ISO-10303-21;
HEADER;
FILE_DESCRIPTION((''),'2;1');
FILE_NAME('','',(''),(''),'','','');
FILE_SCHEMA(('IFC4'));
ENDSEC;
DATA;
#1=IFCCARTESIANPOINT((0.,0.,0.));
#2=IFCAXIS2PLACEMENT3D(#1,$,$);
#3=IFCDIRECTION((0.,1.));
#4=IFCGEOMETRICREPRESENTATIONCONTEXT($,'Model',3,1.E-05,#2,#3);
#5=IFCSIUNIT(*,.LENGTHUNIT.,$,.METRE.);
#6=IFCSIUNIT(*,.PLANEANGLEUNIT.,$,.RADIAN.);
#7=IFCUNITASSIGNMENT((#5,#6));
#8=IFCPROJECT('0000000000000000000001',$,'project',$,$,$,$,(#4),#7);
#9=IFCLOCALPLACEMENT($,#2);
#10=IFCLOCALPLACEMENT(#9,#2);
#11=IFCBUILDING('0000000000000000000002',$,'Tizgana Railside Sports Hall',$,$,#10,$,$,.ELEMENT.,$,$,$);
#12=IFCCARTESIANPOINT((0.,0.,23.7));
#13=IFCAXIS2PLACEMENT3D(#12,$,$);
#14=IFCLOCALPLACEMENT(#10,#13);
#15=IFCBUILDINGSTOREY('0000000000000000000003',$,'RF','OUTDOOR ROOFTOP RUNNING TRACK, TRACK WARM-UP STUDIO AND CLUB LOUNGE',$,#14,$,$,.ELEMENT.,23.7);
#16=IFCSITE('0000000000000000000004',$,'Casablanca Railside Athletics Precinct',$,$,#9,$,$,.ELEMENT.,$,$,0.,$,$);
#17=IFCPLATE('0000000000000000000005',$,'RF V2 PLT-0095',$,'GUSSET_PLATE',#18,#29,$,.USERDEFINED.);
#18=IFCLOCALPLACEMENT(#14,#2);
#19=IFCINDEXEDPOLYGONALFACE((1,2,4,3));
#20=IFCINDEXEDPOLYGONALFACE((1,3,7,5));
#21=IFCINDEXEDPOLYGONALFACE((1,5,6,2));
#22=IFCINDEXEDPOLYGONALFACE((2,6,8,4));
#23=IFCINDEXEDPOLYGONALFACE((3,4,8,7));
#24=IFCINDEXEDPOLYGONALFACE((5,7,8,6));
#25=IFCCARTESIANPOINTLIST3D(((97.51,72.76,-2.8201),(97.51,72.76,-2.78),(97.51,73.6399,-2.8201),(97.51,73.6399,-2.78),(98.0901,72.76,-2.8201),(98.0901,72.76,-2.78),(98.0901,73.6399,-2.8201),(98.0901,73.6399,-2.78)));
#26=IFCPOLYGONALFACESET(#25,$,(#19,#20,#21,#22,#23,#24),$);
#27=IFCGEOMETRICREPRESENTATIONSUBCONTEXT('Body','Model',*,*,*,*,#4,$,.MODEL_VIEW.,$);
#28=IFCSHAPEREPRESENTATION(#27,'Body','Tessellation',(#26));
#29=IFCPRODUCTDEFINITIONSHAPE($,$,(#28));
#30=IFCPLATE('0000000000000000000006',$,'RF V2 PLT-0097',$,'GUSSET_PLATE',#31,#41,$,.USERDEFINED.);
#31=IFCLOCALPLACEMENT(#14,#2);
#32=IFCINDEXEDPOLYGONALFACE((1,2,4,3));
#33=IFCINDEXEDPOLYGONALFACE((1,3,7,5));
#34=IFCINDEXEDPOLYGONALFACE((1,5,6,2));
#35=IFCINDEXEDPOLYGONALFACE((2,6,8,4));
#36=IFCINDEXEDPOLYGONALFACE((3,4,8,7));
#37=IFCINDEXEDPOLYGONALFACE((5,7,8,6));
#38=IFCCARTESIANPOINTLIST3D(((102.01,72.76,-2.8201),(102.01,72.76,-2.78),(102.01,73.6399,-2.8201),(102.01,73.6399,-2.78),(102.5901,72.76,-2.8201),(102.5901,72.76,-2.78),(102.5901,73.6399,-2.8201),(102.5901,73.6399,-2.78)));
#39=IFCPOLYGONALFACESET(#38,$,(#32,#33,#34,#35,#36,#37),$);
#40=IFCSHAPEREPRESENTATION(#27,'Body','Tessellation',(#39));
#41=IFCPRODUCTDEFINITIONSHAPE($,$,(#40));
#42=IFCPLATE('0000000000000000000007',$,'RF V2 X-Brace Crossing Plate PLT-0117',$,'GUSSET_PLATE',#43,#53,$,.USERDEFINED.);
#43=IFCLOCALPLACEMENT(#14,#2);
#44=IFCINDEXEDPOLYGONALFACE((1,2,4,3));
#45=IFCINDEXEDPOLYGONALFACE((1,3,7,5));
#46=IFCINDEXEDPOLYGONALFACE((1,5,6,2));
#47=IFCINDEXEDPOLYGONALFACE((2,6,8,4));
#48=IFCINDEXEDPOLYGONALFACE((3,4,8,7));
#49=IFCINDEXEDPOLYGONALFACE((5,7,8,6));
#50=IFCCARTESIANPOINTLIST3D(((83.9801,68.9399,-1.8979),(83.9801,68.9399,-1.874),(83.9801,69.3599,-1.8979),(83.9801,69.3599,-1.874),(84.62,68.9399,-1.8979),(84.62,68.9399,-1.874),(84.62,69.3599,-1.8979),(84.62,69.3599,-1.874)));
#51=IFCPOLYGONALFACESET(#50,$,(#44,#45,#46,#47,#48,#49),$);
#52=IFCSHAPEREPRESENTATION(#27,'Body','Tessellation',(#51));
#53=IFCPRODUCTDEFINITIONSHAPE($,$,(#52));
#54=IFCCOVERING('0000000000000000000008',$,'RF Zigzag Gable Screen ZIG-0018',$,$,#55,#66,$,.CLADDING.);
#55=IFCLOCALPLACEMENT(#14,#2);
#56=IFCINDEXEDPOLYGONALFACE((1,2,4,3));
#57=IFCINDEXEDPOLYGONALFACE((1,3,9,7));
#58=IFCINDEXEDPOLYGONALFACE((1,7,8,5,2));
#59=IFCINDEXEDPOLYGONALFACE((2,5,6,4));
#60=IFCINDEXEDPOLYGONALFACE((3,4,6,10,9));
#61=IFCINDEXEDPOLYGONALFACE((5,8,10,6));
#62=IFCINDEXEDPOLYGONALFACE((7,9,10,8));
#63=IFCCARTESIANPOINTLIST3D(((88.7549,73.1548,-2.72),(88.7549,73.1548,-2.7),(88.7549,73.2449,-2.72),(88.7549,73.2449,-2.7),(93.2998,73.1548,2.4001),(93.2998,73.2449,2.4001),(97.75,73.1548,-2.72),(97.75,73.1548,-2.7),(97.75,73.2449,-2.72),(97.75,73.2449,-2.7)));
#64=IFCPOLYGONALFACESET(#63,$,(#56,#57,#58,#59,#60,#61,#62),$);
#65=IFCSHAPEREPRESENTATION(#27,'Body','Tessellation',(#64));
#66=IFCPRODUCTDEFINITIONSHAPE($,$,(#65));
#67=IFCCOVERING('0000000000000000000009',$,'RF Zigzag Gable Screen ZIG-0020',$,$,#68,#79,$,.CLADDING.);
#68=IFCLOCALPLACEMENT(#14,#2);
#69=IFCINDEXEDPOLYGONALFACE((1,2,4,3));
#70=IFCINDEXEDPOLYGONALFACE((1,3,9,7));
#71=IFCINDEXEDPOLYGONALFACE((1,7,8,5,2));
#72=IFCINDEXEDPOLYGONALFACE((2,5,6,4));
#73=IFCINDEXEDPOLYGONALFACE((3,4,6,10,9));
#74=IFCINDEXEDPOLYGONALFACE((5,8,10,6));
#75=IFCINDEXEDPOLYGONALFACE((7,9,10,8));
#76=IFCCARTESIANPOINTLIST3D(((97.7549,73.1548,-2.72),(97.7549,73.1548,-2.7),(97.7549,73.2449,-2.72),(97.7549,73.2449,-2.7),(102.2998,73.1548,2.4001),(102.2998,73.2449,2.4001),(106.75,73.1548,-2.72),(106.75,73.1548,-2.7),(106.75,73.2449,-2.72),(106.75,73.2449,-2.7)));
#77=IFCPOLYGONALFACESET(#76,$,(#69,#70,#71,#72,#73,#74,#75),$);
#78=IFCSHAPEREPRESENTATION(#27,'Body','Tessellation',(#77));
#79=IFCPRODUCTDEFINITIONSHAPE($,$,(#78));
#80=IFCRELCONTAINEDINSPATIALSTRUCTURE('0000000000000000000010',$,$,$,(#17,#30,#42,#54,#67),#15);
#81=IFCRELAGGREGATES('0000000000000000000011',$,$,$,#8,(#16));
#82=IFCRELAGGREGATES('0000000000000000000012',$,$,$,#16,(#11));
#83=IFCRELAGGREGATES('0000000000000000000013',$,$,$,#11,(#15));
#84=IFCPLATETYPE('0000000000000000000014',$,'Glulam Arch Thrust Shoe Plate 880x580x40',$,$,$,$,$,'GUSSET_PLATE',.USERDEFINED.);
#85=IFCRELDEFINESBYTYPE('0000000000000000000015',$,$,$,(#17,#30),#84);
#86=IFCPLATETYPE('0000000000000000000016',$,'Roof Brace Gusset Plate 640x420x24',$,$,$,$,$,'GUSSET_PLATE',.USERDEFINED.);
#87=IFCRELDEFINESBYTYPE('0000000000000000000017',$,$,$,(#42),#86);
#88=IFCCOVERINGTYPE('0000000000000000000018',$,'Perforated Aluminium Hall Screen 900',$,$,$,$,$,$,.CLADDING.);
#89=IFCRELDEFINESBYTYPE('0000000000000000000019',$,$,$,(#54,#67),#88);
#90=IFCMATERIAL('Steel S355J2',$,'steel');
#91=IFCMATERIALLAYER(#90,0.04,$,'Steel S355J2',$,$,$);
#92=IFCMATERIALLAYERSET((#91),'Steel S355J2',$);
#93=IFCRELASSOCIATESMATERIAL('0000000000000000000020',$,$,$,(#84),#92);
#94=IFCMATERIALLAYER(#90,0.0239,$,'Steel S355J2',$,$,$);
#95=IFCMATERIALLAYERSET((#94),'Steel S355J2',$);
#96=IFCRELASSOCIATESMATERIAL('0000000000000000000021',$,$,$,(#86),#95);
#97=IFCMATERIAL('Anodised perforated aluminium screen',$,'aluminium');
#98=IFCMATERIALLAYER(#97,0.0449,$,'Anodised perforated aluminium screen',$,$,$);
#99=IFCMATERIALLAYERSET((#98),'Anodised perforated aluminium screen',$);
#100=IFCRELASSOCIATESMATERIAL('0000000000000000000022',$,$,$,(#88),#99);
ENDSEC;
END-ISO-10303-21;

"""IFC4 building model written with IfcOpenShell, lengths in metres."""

from ifc_helpers import new_model, si_unit, direction, frame, origin, origin_2d, place, context, subcontext, project, spatial, polyline, rectangle, outline, extrude, material, layer, layer_set, type_object, element, save


model = new_model("IFC4")

# Units and contexts
model_context = context("Model", 3, precision=1e-05, world=origin(), true_north=direction((0.0, 1.0)))
body_context = subcontext(model_context, "Body", "Model", "MODEL_VIEW")
ifc_project = project(units=[si_unit("LENGTHUNIT", "METRE"), si_unit("PLANEANGLEUNIT", "RADIAN")], contexts=[model_context])

# Site, building, storey
site_placement = place(None, origin())
site = spatial("IfcSite", under=ifc_project, at=site_placement, Name="Casablanca Railside Athletics Precinct", CompositionType="ELEMENT", RefElevation=0.0)
building_placement = place(site_placement, origin())
building = spatial("IfcBuilding", under=site, at=building_placement, Name="Tizgana Railside Sports Hall", CompositionType="ELEMENT")
storey_placement = place(building_placement, frame((0.0, 0.0, 23.7)))
storey = spatial("IfcBuildingStorey", under=building, at=storey_placement, Name="RF", Description="OUTDOOR ROOFTOP RUNNING TRACK, TRACK WARM-UP STUDIO AND CLUB LOUNGE", CompositionType="ELEMENT", Elevation=23.7)

# Shared definitions
ifc_material_1 = material(Name="Steel S355J2", Category="steel")

# Plates
ifc_layer_1 = layer(ifc_material_1, 0.04, Name="Steel S355J2")
ifc_layer_set_1 = layer_set([ifc_layer_1], Name="Steel S355J2")
plate_type_1 = type_object("IfcPlateType", Name="Glulam Arch Thrust Shoe Plate 880x580x40", ElementType="GUSSET_PLATE", PredefinedType="USERDEFINED", material=ifc_layer_set_1)
for number, where, z_axis, x_axis, name in (
    (1, (97.8, 73.2, -2.8201), (0.0, 0.0, 1.0), (1.0, 0.0, 0.0), "RF V2 PLT-0095"),
    (2, (102.3, 73.2, -2.8201), (0.0, 0.0, 1.0), (1.0, 0.0, 0.0), "RF V2 PLT-0097"),
):
    element("IfcPlate", number, at=place(storey_placement, frame(where, z_axis=z_axis, x_axis=x_axis)), inside=storey, type_object=plate_type_1, Name=name, ObjectType="GUSSET_PLATE", PredefinedType="USERDEFINED", context=body_context, shape_type="SweptSolid", body=[
        extrude(rectangle(XDim=0.5801, YDim=0.8799, at=origin_2d()), origin(), (0.0, 0.0, 1.0), 0.04),
    ])
ifc_layer_2 = layer(ifc_material_1, 0.0239, Name="Steel S355J2")
ifc_layer_set_2 = layer_set([ifc_layer_2], Name="Steel S355J2")
plate_type_2 = type_object("IfcPlateType", Name="Roof Brace Gusset Plate 640x420x24", ElementType="GUSSET_PLATE", PredefinedType="USERDEFINED", material=ifc_layer_set_2)
plate_1_placement = place(storey_placement, frame((84.3, 69.1499, -1.8979), z_axis=(0.0, 0.0, 1.0), x_axis=(1.0, 0.0, 0.0)))
element("IfcPlate", 3, at=plate_1_placement, inside=storey, type_object=plate_type_2, Name="RF V2 X-Brace Crossing Plate PLT-0117", ObjectType="GUSSET_PLATE", PredefinedType="USERDEFINED", context=body_context, shape_type="SweptSolid", body=[
    extrude(rectangle(XDim=0.6399, YDim=0.4199, at=origin_2d()), origin(), (0.0, 0.0, 1.0), 0.0239),
])

# Coverings
ifc_material_2 = material(Name="Anodised perforated aluminium screen", Category="aluminium")
ifc_layer_3 = layer(ifc_material_2, 0.0449, Name="Anodised perforated aluminium screen")
ifc_layer_set_3 = layer_set([ifc_layer_3], Name="Anodised perforated aluminium screen")
covering_type = type_object("IfcCoveringType", Name="Perforated Aluminium Hall Screen 900", PredefinedType="CLADDING", material=ifc_layer_set_3)
for number, where, z_axis, x_axis, name in (
    (4, (88.7549, 73.2, -2.72), (0.0, 0.0, 1.0), (1.0, 0.0, 0.0), "RF Zigzag Gable Screen ZIG-0018"),
    (5, (97.7549, 73.2, -2.72), (0.0, 0.0, 1.0), (1.0, 0.0, 0.0), "RF Zigzag Gable Screen ZIG-0020"),
):
    element("IfcCovering", number, at=place(storey_placement, frame(where, z_axis=z_axis, x_axis=x_axis)), inside=storey, type_object=covering_type, Name=name, PredefinedType="CLADDING", context=body_context, shape_type="SweptSolid", body=[
        extrude(outline(polyline([(0.0, 0.0), (8.9951, 0.0), (8.9951, 0.02), (4.5449, 5.1201), (0.0, 0.02), (0.0, 0.0)])), frame((0.0, 0.0449, 0.0), z_axis=(0.0, -1.0, 0.0), x_axis=(1.0, 0.0, 0.0)), (0.0, 0.0, 1.0), 0.0901),
    ])

save(model, "model.ifc")
